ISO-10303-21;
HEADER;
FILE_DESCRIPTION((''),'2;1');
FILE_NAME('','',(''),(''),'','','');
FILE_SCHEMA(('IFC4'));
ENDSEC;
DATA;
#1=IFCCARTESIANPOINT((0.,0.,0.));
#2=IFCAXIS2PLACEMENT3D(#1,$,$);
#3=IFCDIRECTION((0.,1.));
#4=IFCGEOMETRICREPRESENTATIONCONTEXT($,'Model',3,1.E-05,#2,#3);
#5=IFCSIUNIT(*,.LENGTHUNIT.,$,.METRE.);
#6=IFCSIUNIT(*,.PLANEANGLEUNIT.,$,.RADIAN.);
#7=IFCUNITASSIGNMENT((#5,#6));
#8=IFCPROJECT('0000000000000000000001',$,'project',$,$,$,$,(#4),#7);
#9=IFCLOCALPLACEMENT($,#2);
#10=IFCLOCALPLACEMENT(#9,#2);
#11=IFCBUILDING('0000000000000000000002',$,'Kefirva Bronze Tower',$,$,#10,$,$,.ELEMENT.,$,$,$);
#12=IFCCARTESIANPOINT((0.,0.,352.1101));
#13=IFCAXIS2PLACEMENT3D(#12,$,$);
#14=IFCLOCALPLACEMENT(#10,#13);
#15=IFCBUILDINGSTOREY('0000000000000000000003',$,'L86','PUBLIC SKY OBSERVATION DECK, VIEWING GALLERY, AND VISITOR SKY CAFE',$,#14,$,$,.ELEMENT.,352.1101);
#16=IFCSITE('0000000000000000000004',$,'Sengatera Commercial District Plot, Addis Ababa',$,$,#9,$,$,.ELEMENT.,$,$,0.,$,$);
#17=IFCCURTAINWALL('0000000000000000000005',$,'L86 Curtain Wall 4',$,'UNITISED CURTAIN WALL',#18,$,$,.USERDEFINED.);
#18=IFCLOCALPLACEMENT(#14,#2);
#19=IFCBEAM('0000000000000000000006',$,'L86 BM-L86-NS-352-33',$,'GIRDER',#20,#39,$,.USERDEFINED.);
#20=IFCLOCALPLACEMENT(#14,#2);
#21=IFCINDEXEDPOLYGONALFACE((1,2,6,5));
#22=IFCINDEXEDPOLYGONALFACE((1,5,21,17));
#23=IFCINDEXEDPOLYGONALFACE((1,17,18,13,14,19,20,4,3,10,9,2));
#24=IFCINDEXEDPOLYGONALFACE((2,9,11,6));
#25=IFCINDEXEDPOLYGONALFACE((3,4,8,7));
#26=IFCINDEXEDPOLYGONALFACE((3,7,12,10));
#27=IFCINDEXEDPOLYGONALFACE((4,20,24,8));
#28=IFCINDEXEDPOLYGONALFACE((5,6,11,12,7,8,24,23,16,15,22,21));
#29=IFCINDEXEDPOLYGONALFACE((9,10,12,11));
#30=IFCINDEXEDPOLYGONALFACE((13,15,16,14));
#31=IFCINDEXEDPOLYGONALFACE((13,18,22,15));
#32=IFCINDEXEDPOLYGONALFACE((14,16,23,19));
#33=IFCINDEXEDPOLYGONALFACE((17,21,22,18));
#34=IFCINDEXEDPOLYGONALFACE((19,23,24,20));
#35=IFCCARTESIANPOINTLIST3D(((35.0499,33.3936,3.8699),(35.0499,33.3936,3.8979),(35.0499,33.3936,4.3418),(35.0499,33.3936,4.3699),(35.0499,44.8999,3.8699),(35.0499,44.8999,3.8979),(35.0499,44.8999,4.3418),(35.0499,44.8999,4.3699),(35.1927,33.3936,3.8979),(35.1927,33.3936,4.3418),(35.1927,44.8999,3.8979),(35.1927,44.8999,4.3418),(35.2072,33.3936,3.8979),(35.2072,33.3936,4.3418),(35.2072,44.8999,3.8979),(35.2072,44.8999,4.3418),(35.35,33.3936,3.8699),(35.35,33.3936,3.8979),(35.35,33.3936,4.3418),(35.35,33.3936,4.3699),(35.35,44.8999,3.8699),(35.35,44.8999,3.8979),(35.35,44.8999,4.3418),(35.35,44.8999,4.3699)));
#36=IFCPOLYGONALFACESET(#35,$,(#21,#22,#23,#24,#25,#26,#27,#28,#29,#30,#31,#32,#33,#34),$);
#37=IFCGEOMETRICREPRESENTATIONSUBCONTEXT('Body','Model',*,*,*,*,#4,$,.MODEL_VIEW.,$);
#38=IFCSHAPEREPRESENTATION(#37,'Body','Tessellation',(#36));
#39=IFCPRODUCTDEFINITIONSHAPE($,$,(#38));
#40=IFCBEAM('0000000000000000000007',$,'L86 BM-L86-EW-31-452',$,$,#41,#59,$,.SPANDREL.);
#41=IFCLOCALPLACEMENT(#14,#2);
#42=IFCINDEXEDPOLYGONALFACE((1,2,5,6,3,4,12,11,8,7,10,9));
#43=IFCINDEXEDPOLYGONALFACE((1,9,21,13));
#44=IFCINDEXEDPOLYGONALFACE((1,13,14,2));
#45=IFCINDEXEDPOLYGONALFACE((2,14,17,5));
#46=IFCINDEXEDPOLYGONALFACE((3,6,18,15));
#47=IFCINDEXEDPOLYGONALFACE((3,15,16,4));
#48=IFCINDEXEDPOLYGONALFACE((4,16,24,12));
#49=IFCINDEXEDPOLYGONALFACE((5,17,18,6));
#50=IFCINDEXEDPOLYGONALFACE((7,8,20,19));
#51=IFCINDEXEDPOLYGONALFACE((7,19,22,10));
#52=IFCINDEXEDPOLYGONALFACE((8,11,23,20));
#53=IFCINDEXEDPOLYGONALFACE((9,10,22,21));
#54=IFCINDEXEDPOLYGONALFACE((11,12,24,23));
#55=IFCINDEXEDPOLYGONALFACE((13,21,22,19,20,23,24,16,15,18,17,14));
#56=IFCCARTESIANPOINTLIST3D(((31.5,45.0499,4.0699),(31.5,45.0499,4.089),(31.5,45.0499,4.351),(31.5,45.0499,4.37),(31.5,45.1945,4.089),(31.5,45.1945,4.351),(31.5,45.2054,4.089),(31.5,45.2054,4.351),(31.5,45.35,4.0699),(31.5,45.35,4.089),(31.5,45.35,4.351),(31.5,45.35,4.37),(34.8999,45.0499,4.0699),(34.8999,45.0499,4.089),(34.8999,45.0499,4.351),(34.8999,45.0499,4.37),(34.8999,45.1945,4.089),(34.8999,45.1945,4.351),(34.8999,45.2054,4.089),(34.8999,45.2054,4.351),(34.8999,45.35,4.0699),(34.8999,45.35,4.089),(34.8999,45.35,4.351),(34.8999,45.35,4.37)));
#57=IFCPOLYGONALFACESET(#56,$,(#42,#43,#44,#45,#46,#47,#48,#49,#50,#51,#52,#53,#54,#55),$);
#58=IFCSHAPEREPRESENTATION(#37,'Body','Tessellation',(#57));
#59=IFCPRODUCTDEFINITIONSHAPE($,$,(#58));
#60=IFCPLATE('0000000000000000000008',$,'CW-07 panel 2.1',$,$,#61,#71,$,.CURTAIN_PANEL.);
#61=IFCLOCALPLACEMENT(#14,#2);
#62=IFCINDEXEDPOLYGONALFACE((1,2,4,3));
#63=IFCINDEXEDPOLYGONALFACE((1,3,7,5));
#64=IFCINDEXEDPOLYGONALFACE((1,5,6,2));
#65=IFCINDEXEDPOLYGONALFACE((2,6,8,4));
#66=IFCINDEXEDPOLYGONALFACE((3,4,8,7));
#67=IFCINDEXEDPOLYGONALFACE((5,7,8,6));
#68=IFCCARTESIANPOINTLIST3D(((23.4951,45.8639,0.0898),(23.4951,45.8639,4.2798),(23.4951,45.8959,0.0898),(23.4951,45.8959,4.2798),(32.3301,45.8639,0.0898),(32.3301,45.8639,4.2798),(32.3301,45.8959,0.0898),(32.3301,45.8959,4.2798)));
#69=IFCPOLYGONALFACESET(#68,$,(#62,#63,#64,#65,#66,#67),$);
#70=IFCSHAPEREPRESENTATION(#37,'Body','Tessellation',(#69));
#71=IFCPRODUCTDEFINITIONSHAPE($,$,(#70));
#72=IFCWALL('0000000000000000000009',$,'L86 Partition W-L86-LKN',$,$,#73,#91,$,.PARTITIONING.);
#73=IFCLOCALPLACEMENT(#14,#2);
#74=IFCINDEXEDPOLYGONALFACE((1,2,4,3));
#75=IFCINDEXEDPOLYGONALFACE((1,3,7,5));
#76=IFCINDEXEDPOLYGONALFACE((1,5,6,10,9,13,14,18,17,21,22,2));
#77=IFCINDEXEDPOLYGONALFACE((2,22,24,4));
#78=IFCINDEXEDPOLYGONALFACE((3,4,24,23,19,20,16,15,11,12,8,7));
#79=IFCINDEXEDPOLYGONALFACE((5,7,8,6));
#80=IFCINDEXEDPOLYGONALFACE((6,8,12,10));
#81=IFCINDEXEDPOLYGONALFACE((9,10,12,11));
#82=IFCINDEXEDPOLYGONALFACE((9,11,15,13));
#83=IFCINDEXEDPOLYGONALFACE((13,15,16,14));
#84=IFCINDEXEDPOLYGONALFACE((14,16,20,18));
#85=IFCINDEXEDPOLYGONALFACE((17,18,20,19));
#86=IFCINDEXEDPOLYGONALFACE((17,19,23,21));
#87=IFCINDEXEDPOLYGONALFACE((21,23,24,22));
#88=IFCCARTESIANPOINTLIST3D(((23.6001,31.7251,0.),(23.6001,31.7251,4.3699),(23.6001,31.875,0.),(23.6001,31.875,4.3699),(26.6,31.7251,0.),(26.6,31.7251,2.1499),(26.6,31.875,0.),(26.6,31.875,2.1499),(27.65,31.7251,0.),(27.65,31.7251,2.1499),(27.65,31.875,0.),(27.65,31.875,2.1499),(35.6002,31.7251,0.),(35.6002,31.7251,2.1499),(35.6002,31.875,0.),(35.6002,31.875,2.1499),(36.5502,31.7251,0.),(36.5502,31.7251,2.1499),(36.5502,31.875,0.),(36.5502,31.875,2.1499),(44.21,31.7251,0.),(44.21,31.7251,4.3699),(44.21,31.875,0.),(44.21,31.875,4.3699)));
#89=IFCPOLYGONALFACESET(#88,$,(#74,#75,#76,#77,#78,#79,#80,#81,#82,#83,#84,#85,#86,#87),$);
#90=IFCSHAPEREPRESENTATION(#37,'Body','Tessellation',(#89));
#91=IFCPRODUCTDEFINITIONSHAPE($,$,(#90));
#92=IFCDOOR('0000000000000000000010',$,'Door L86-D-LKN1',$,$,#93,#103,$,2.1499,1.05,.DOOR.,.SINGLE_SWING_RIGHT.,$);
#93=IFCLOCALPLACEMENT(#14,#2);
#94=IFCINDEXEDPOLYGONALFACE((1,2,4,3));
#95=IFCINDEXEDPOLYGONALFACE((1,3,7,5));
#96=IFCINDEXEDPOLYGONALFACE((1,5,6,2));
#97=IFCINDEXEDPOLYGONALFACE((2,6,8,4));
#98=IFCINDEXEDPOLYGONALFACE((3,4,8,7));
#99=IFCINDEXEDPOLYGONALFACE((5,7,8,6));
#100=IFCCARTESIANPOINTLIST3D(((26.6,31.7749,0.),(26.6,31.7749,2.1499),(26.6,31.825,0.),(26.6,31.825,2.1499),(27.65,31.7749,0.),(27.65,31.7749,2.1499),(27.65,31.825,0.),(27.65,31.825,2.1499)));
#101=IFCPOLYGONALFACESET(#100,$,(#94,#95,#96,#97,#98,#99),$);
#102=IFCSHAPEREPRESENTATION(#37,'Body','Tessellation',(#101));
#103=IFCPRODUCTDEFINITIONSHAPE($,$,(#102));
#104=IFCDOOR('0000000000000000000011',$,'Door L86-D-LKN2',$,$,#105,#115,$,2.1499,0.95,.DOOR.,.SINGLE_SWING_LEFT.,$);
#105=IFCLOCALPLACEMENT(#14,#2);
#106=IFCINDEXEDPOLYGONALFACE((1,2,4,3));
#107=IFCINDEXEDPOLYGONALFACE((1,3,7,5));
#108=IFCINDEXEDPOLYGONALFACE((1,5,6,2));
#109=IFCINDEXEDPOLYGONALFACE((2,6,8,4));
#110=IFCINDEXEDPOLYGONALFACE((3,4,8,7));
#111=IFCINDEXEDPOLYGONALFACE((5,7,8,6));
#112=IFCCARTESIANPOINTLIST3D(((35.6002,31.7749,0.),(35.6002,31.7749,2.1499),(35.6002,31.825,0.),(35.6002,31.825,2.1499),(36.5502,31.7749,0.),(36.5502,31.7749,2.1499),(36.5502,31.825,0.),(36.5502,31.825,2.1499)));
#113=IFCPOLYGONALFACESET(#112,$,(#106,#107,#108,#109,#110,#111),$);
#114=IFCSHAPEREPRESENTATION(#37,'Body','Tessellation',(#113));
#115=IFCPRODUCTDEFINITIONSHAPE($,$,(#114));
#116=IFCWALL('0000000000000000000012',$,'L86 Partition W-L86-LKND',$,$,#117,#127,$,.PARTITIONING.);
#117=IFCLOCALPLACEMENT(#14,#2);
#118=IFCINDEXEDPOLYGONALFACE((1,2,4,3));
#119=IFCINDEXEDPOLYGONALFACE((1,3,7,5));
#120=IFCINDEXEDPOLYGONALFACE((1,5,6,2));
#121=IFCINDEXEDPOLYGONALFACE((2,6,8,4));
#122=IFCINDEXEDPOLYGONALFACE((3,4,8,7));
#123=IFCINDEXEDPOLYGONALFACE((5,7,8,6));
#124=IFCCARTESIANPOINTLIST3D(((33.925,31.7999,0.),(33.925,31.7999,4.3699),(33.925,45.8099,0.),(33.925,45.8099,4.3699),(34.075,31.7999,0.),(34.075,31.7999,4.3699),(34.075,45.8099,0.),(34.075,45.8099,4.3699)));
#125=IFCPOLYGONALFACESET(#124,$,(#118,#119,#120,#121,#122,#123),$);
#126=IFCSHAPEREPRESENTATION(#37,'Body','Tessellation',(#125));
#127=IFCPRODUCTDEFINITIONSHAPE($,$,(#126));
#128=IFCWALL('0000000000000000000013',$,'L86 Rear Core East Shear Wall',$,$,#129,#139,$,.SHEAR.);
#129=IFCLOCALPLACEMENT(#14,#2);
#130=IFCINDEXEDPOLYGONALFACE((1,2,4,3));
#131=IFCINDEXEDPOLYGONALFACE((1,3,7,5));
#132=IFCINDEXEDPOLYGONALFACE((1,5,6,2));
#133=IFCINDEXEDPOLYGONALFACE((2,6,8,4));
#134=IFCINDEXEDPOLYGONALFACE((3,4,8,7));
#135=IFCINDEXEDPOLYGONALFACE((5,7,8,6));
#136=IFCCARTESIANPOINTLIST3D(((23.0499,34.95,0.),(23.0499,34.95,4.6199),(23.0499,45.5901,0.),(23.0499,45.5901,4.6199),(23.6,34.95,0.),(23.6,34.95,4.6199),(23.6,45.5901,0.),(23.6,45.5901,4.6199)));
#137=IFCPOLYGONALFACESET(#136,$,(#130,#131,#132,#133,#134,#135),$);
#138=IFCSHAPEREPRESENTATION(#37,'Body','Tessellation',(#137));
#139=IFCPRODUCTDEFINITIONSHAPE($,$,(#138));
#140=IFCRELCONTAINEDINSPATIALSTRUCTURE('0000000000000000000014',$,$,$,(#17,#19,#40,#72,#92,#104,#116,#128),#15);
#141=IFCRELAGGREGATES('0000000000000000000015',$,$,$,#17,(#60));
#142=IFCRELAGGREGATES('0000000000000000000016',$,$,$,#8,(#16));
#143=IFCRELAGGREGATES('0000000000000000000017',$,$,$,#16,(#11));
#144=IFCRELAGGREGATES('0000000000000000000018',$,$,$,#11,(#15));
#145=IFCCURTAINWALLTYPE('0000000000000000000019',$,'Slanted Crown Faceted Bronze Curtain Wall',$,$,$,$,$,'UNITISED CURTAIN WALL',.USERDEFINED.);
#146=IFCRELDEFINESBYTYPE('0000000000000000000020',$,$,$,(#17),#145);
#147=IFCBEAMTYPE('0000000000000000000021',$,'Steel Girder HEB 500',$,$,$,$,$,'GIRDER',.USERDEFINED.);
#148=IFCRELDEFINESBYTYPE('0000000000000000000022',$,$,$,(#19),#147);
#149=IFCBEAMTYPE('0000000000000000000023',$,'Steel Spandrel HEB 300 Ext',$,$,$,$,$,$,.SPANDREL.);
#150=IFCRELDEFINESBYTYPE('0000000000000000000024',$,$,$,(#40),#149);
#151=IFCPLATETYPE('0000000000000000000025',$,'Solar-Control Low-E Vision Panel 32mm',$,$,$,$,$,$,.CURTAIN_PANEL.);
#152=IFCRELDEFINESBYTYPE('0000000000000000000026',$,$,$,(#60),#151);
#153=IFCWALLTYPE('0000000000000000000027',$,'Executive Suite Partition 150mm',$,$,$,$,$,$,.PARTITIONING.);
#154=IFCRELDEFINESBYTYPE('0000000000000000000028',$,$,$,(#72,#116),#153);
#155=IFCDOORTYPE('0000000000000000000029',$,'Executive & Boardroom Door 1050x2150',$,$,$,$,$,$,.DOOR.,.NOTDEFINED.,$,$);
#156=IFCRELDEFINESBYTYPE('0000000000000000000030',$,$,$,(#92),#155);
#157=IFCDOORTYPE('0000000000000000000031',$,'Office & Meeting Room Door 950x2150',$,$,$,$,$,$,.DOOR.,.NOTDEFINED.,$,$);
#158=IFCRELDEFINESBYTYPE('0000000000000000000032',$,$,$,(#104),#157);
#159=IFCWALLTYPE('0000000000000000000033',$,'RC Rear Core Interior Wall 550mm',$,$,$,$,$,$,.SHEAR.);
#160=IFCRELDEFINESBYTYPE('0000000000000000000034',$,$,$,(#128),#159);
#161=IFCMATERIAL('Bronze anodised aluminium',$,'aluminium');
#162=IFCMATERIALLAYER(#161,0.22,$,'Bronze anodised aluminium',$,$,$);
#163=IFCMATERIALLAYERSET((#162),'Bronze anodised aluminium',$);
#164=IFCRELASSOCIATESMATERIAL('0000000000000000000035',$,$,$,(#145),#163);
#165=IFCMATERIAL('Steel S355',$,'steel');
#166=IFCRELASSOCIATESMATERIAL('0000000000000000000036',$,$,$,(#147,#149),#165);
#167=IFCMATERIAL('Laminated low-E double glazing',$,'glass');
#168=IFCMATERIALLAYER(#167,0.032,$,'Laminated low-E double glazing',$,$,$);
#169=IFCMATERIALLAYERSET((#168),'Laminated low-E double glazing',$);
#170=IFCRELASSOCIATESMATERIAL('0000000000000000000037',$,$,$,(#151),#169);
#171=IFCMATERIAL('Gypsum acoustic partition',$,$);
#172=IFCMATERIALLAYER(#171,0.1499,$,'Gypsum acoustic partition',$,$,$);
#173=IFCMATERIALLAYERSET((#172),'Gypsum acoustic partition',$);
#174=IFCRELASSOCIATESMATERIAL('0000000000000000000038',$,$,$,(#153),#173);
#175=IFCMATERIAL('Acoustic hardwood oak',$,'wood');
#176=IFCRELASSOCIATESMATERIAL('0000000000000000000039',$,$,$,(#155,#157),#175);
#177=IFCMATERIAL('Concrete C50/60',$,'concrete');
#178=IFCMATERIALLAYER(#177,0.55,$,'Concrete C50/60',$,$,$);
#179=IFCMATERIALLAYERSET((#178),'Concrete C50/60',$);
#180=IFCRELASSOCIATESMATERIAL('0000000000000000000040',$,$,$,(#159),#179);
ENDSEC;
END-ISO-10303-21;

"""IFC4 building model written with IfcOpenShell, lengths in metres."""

from ifc_helpers import new_model, si_unit, direction, frame, frame_2d, origin, origin_2d, place, context, subcontext, project, spatial, rectangle, i_section, extrude, material, layer, layer_set, material_profile, profile_set, type_object, element, fill, aggregate, save


model = new_model("IFC4")

# Units and contexts
model_context = context("Model", 3, precision=1e-05, world=origin(), true_north=direction((0.0, 1.0)))
body_context = subcontext(model_context, "Body", "Model", "MODEL_VIEW")
ifc_project = project(units=[si_unit("LENGTHUNIT", "METRE"), si_unit("PLANEANGLEUNIT", "RADIAN")], contexts=[model_context])

# Site, building, storey
site_placement = place(None, origin())
site = spatial("IfcSite", under=ifc_project, at=site_placement, Name="Sengatera Commercial District Plot, Addis Ababa", CompositionType="ELEMENT", RefElevation=0.0)
building_placement = place(site_placement, origin())
building = spatial("IfcBuilding", under=site, at=building_placement, Name="Kefirva Bronze Tower", CompositionType="ELEMENT")
storey_placement = place(building_placement, frame((0.0, 0.0, 352.1101)))
storey = spatial("IfcBuildingStorey", under=building, at=storey_placement, Name="L86", Description="PUBLIC SKY OBSERVATION DECK, VIEWING GALLERY, AND VISITOR SKY CAFE", CompositionType="ELEMENT", Elevation=352.1101)

# Shared definitions
ifc_material_1 = material(Name="Concrete C50/60", Category="concrete")

# Curtain wall
ifc_material_2 = material(Name="Bronze anodised aluminium", Category="aluminium")
ifc_layer_1 = layer(ifc_material_2, 0.22, Name="Bronze anodised aluminium")
ifc_layer_set_1 = layer_set([ifc_layer_1], Name="Bronze anodised aluminium")
curtain_wall_type = type_object("IfcCurtainWallType", Name="Slanted Crown Faceted Bronze Curtain Wall", ElementType="UNITISED CURTAIN WALL", PredefinedType="USERDEFINED", material=ifc_layer_set_1)
curtain_wall_placement = place(storey_placement, origin())
curtain_wall = element("IfcCurtainWall", 1, at=curtain_wall_placement, inside=storey, type_object=curtain_wall_type, Name="L86 Curtain Wall 4", ObjectType="UNITISED CURTAIN WALL", PredefinedType="USERDEFINED")

# Beams
ifc_material_3 = material(Name="Steel S355", Category="steel")
ifc_material_profile_1 = material_profile(ifc_material_3, i_section(OverallWidth=0.3, OverallDepth=0.5, WebThickness=0.0144, FlangeThickness=0.0281, at=origin_2d()), Name="HEB 500")
ifc_profile_set_1 = profile_set([ifc_material_profile_1], Name="Steel S355")
beam_type_1 = type_object("IfcBeamType", Name="Steel Girder HEB 500", ElementType="GIRDER", PredefinedType="USERDEFINED", material=ifc_profile_set_1)
beam_1_placement = place(storey_placement, frame((35.2, 33.3936, 4.1199), z_axis=(0.0, 1.0, 0.0), x_axis=(-1.0, 0.0, 0.0)))
element("IfcBeam", 2, at=beam_1_placement, inside=storey, type_object=beam_type_1, Name="L86 BM-L86-NS-352-33", ObjectType="GIRDER", PredefinedType="USERDEFINED", context=body_context, shape_type="SweptSolid", body=[
    extrude(i_section(OverallWidth=0.3, OverallDepth=0.5, WebThickness=0.0144, FlangeThickness=0.0281, at=origin_2d()), origin(), (0.0, 0.0, 1.0), 11.5063),
])
ifc_material_profile_2 = material_profile(ifc_material_3, i_section(OverallWidth=0.3, OverallDepth=0.3, WebThickness=0.011, FlangeThickness=0.019, at=origin_2d()), Name="HEB 300")
ifc_profile_set_2 = profile_set([ifc_material_profile_2], Name="Steel S355")
beam_type_2 = type_object("IfcBeamType", Name="Steel Spandrel HEB 300 Ext", PredefinedType="SPANDREL", material=ifc_profile_set_2)
beam_2_placement = place(storey_placement, frame((31.5, 45.2, 4.22), z_axis=(1.0, 0.0, 0.0), x_axis=(0.0, 1.0, 0.0)))
element("IfcBeam", 3, at=beam_2_placement, inside=storey, type_object=beam_type_2, Name="L86 BM-L86-EW-31-452", PredefinedType="SPANDREL", context=body_context, shape_type="SweptSolid", body=[
    extrude(i_section(OverallWidth=0.3, OverallDepth=0.3, WebThickness=0.011, FlangeThickness=0.019, at=origin_2d()), origin(), (0.0, 0.0, 1.0), 3.3999),
])

# Plate
ifc_material_4 = material(Name="Laminated low-E double glazing", Category="glass")
ifc_layer_2 = layer(ifc_material_4, 0.032, Name="Laminated low-E double glazing")
ifc_layer_set_2 = layer_set([ifc_layer_2], Name="Laminated low-E double glazing")
plate_type = type_object("IfcPlateType", Name="Solar-Control Low-E Vision Panel 32mm", PredefinedType="CURTAIN_PANEL", material=ifc_layer_set_2)
plate_placement = place(storey_placement, frame((27.9126, 45.8799, 0.0898), z_axis=(0.0, 0.0, 1.0), x_axis=(-1.0, 0.0, 0.0)))
plate = element("IfcPlate", 4, at=plate_placement, type_object=plate_type, Name="CW-07 panel 2.1", PredefinedType="CURTAIN_PANEL", context=body_context, shape_type="SweptSolid", body=[
    extrude(rectangle(XDim=8.835, YDim=0.032, at=origin_2d()), origin(), (0.0, 0.0, 1.0), 4.1899),
])
aggregate(curtain_wall, [plate])

# Wall, openings, doors
ifc_material_5 = material(Name="Gypsum acoustic partition")
ifc_layer_3 = layer(ifc_material_5, 0.1499, Name="Gypsum acoustic partition")
ifc_layer_set_3 = layer_set([ifc_layer_3], Name="Gypsum acoustic partition")
wall_type_1 = type_object("IfcWallType", Name="Executive Suite Partition 150mm", PredefinedType="PARTITIONING", material=ifc_layer_set_3)
wall_1_placement = place(storey_placement, frame((23.6001, 31.8, 0.0), z_axis=(0.0, 0.0, 1.0), x_axis=(1.0, 0.0, 0.0)))
wall_1 = element("IfcWall", 5, at=wall_1_placement, inside=storey, type_object=wall_type_1, Name="L86 Partition W-L86-LKN", PredefinedType="PARTITIONING", context=body_context, shape_type="SweptSolid", body=[
    extrude(rectangle(XDim=20.6099, YDim=0.1499, at=frame_2d((10.3049, 0.0))), origin(), (0.0, 0.0, 1.0), 4.3699),
])
opening_1_placement = place(wall_1_placement, frame((3.0, 0.0, 0.0)))
opening_1 = element("IfcOpeningElement", 6, at=opening_1_placement, cuts=wall_1, PredefinedType="OPENING", context=body_context, shape_type="SweptSolid", body=[
    extrude(rectangle(XDim=1.05, YDim=2.1499, at=frame_2d((0.5249, 1.075))), frame((0.0, 0.085, 0.0), z_axis=(0.0, -1.0, 0.0), x_axis=(1.0, 0.0, 0.0)), (0.0, 0.0, 1.0), 0.1699),
])
opening_2_placement = place(wall_1_placement, frame((12.0, 0.0, 0.0)))
opening_2 = element("IfcOpeningElement", 7, at=opening_2_placement, cuts=wall_1, PredefinedType="OPENING", context=body_context, shape_type="SweptSolid", body=[
    extrude(rectangle(XDim=0.95, YDim=2.1499, at=frame_2d((0.4751, 1.075))), frame((0.0, 0.085, 0.0), z_axis=(0.0, -1.0, 0.0), x_axis=(1.0, 0.0, 0.0)), (0.0, 0.0, 1.0), 0.1699),
])
ifc_material_6 = material(Name="Acoustic hardwood oak", Category="wood")
door_type_1 = type_object("IfcDoorType", Name="Executive & Boardroom Door 1050x2150", OperationType="NOTDEFINED", PredefinedType="DOOR", material=ifc_material_6)
door_1_placement = place(opening_1_placement, origin())
door_1 = element("IfcDoor", 8, at=door_1_placement, inside=storey, type_object=door_type_1, Name="Door L86-D-LKN1", OperationType="SINGLE_SWING_RIGHT", OverallHeight=2.1499, OverallWidth=1.05, PredefinedType="DOOR", context=body_context, shape_type="SweptSolid", body=[
    extrude(rectangle(XDim=1.05, YDim=2.1499, at=frame_2d((0.5249, 1.075))), frame((0.0, 0.0249, 0.0), z_axis=(0.0, -1.0, 0.0), x_axis=(1.0, 0.0, 0.0)), (0.0, 0.0, 1.0), 0.05),
])
fill(opening_1, door_1)
door_type_2 = type_object("IfcDoorType", Name="Office & Meeting Room Door 950x2150", OperationType="NOTDEFINED", PredefinedType="DOOR", material=ifc_material_6)
door_2_placement = place(opening_2_placement, origin())
door_2 = element("IfcDoor", 9, at=door_2_placement, inside=storey, type_object=door_type_2, Name="Door L86-D-LKN2", OperationType="SINGLE_SWING_LEFT", OverallHeight=2.1499, OverallWidth=0.95, PredefinedType="DOOR", context=body_context, shape_type="SweptSolid", body=[
    extrude(rectangle(XDim=0.95, YDim=2.1499, at=frame_2d((0.4751, 1.075))), frame((0.0, 0.0249, 0.0), z_axis=(0.0, -1.0, 0.0), x_axis=(1.0, 0.0, 0.0)), (0.0, 0.0, 1.0), 0.05),
])
fill(opening_2, door_2)

# Walls
wall_2_placement = place(storey_placement, frame((34.0, 31.8, 0.0), z_axis=(0.0, 0.0, 1.0), x_axis=(0.0, 1.0, 0.0)))
element("IfcWall", 10, at=wall_2_placement, inside=storey, type_object=wall_type_1, Name="L86 Partition W-L86-LKND", PredefinedType="PARTITIONING", context=body_context, shape_type="SweptSolid", body=[
    extrude(rectangle(XDim=14.01, YDim=0.1499, at=frame_2d((7.0049, 0.0))), origin(), (0.0, 0.0, 1.0), 4.3699),
])
ifc_layer_4 = layer(ifc_material_1, 0.55, Name="Concrete C50/60")
ifc_layer_set_4 = layer_set([ifc_layer_4], Name="Concrete C50/60")
wall_type_2 = type_object("IfcWallType", Name="RC Rear Core Interior Wall 550mm", PredefinedType="SHEAR", material=ifc_layer_set_4)
wall_3_placement = place(storey_placement, frame((23.325, 34.95, 0.0), z_axis=(0.0, 0.0, 1.0), x_axis=(0.0, 1.0, 0.0)))
element("IfcWall", 11, at=wall_3_placement, inside=storey, type_object=wall_type_2, Name="L86 Rear Core East Shear Wall", PredefinedType="SHEAR", context=body_context, shape_type="SweptSolid", body=[
    extrude(rectangle(XDim=10.6401, YDim=0.55, at=frame_2d((5.3201, 0.0))), origin(), (0.0, 0.0, 1.0), 4.6199),
])

save(model, "model.ifc")
